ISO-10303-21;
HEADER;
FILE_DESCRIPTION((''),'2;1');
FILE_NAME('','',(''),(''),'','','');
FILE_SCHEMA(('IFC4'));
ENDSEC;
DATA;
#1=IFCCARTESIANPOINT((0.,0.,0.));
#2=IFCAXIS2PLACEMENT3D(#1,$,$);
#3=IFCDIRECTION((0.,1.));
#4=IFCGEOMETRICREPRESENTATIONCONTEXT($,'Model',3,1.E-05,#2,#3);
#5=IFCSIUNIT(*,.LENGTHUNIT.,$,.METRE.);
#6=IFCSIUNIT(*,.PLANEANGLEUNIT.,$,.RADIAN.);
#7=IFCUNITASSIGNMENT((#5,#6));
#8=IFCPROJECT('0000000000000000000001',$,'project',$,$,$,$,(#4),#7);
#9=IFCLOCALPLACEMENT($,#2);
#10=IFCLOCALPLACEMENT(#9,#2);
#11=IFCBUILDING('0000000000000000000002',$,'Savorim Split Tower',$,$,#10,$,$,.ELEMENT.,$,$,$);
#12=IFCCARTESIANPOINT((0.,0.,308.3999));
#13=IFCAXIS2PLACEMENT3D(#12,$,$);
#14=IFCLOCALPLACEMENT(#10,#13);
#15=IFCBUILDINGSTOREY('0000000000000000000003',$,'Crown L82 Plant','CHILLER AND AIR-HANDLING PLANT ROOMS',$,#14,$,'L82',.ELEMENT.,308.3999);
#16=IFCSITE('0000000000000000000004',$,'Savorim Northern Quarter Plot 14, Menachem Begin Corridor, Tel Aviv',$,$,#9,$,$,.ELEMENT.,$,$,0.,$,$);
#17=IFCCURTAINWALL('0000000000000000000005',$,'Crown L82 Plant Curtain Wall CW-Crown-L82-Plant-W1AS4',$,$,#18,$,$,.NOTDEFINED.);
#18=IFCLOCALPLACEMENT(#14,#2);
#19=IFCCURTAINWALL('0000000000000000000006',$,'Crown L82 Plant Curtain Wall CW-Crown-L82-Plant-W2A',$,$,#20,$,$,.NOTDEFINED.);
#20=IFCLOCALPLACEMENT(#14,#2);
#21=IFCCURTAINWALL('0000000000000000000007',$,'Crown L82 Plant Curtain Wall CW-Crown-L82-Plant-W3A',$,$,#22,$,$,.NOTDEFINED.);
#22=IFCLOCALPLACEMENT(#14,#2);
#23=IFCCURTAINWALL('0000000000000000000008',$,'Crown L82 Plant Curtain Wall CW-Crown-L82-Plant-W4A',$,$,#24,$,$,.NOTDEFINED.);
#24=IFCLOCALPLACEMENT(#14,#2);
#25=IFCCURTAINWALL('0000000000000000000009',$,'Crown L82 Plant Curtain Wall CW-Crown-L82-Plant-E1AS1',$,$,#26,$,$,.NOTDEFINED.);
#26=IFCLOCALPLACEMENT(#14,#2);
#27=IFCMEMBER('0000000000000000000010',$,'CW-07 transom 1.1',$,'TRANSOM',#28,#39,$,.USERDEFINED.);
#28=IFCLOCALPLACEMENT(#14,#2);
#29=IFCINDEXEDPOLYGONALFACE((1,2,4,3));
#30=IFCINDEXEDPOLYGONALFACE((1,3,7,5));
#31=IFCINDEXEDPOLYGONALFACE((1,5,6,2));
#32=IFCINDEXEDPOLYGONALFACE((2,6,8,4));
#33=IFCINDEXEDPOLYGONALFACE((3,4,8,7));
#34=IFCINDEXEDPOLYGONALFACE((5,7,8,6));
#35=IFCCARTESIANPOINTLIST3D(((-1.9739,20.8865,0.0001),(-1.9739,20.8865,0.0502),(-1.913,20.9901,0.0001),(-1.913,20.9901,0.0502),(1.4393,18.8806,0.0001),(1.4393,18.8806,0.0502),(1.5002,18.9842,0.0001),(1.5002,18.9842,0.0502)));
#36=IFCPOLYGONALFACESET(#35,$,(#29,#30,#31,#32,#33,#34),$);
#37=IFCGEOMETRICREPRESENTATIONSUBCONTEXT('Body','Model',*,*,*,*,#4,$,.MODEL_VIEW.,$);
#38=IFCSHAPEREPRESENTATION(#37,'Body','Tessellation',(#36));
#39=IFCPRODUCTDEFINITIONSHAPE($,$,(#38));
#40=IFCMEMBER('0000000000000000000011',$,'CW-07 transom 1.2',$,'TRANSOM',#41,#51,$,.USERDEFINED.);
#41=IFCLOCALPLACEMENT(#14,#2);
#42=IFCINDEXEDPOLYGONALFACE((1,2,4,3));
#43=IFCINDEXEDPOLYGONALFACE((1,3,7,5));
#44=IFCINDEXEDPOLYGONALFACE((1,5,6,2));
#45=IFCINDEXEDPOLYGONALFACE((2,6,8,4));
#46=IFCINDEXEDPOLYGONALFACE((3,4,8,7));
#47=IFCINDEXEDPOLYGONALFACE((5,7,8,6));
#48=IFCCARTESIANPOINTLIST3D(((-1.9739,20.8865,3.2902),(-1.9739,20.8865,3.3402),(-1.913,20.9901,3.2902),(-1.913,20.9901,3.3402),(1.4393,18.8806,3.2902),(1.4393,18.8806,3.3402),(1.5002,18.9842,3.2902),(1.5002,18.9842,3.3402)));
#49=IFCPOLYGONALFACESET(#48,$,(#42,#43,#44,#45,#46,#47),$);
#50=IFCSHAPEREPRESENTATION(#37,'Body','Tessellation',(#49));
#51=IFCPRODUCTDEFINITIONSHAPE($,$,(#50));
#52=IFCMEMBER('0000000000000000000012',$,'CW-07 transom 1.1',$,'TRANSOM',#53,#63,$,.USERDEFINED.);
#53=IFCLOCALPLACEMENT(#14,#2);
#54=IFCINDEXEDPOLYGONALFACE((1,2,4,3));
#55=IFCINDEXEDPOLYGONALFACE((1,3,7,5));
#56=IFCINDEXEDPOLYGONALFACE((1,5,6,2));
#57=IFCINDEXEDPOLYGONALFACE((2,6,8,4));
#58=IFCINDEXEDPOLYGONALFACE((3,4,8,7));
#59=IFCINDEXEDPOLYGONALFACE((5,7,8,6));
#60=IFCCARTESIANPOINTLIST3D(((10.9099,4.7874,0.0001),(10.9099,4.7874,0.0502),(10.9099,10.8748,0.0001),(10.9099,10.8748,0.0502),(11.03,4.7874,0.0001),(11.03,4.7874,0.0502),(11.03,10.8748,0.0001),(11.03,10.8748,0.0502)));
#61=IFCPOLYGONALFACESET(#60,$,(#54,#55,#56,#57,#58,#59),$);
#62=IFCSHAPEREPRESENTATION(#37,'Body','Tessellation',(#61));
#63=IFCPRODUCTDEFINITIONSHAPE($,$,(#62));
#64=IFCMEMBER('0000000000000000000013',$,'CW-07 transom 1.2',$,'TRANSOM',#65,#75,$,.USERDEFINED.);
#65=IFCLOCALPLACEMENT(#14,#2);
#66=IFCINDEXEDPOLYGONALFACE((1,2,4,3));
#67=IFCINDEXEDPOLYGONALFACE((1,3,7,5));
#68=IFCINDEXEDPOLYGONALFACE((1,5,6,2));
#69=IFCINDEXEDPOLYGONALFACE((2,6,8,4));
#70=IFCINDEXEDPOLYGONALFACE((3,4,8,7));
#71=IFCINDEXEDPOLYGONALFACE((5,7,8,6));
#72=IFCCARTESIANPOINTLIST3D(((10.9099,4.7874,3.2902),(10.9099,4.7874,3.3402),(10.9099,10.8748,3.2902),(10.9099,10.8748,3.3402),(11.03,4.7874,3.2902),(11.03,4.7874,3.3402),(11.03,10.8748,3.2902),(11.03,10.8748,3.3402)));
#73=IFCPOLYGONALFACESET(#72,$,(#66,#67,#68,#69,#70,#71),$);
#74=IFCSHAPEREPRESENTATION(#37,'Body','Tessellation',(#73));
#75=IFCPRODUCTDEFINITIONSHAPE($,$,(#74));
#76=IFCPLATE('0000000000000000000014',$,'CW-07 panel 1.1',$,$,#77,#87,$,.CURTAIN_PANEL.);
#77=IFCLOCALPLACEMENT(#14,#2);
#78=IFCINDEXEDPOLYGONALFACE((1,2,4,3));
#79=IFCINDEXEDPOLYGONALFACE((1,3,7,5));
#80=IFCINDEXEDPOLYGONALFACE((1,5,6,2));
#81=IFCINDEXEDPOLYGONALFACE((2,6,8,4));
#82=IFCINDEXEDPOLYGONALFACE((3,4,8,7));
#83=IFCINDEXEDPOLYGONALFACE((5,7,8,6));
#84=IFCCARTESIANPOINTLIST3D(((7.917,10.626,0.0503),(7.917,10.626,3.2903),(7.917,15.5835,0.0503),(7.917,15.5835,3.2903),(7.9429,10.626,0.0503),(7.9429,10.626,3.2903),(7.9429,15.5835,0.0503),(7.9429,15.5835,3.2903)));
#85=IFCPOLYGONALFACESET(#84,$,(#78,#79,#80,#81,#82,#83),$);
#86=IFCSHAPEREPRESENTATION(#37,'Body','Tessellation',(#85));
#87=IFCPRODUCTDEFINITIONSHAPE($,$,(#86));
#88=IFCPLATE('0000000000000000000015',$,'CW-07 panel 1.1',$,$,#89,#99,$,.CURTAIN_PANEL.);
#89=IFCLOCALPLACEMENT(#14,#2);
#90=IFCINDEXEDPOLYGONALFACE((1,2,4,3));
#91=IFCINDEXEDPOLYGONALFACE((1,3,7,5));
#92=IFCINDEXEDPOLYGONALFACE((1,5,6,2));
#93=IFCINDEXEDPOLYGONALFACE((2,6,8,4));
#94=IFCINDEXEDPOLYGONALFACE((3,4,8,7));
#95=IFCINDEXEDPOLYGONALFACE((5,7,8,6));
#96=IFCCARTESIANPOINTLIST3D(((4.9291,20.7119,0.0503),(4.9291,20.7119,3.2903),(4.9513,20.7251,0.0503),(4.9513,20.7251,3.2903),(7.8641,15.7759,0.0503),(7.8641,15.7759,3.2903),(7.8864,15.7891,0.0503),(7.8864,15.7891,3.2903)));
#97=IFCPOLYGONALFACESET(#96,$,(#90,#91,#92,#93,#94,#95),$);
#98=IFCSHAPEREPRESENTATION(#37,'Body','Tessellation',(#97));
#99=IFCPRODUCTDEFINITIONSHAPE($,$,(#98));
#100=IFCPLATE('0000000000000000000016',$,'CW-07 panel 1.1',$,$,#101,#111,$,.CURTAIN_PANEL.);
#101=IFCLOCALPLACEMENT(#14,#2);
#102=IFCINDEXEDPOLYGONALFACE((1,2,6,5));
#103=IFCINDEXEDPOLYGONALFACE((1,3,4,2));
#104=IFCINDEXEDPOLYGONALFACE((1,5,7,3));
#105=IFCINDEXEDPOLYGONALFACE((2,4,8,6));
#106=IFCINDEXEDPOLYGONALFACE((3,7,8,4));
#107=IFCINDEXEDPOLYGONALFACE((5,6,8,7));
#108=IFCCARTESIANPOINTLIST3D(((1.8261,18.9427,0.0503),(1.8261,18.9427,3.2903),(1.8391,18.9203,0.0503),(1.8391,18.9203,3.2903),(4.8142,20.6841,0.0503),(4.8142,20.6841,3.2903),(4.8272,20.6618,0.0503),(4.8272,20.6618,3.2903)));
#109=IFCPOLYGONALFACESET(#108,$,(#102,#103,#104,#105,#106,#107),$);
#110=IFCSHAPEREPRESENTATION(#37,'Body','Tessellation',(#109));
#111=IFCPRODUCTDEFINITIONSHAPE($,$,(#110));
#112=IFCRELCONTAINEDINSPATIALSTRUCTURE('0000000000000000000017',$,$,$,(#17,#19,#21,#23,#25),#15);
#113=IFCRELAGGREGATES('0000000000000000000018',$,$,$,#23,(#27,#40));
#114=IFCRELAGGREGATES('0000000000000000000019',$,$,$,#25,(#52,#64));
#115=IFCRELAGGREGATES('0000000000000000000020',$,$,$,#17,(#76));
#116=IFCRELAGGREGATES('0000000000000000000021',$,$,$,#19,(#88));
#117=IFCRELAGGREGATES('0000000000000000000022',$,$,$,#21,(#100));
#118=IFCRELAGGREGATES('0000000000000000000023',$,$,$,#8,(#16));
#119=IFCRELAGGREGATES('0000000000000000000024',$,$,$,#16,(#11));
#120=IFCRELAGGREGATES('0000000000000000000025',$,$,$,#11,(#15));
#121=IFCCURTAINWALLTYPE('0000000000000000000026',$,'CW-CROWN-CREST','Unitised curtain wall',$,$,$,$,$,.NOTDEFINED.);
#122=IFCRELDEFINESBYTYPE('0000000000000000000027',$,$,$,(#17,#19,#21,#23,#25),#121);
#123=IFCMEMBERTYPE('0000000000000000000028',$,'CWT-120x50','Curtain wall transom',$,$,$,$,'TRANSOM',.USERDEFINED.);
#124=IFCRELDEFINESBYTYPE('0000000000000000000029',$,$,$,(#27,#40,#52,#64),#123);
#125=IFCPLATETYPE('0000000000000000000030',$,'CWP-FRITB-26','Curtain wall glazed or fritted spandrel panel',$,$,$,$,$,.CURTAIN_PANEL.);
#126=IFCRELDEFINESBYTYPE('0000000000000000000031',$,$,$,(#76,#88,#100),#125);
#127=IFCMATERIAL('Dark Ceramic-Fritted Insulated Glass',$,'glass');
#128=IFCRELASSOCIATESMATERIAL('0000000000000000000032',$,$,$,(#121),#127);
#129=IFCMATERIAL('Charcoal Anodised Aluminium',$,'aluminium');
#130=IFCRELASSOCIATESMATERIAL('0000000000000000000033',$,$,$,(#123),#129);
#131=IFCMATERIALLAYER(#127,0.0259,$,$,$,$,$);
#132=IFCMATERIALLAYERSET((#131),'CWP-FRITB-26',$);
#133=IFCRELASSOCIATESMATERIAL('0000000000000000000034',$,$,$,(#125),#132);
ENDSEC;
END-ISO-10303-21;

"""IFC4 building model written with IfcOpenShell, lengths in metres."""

from ifc_helpers import new_model, si_unit, direction, frame, origin, origin_2d, place, context, subcontext, project, spatial, rectangle, extrude, material, layer, layer_set, material_profile, profile_set, type_object, element, aggregate, save


model = new_model("IFC4")

# Units and contexts
model_context = context("Model", 3, precision=1e-05, world=origin(), true_north=direction((0.0, 1.0)))
body_context = subcontext(model_context, "Body", "Model", "MODEL_VIEW")
ifc_project = project(units=[si_unit("LENGTHUNIT", "METRE"), si_unit("PLANEANGLEUNIT", "RADIAN")], contexts=[model_context])

# Site, building, storey
site_placement = place(None, origin())
site = spatial("IfcSite", under=ifc_project, at=site_placement, Name="Savorim Northern Quarter Plot 14, Menachem Begin Corridor, Tel Aviv", CompositionType="ELEMENT", RefElevation=0.0)
building_placement = place(site_placement, origin())
building = spatial("IfcBuilding", under=site, at=building_placement, Name="Savorim Split Tower", CompositionType="ELEMENT")
storey_placement = place(building_placement, frame((0.0, 0.0, 308.3999)))
storey = spatial("IfcBuildingStorey", under=building, at=storey_placement, Name="Crown L82 Plant", Description="CHILLER AND AIR-HANDLING PLANT ROOMS", LongName="L82", CompositionType="ELEMENT", Elevation=308.3999)

# Curtain walls
ifc_material_1 = material(Name="Dark Ceramic-Fritted Insulated Glass", Category="glass")
curtain_wall_type = type_object("IfcCurtainWallType", Name="CW-CROWN-CREST", Description="Unitised curtain wall", PredefinedType="NOTDEFINED", material=ifc_material_1)
curtain_wall_1_placement = place(storey_placement, origin())
curtain_wall_1 = element("IfcCurtainWall", 1, at=curtain_wall_1_placement, inside=storey, type_object=curtain_wall_type, Name="Crown L82 Plant Curtain Wall CW-Crown-L82-Plant-W1AS4", PredefinedType="NOTDEFINED")
ifc_material_2 = material(Name="Charcoal Anodised Aluminium", Category="aluminium")
curtain_wall_2_placement = place(storey_placement, origin())
curtain_wall_2 = element("IfcCurtainWall", 2, at=curtain_wall_2_placement, inside=storey, type_object=curtain_wall_type, Name="Crown L82 Plant Curtain Wall CW-Crown-L82-Plant-W2A", PredefinedType="NOTDEFINED")
curtain_wall_3_placement = place(storey_placement, origin())
curtain_wall_3 = element("IfcCurtainWall", 3, at=curtain_wall_3_placement, inside=storey, type_object=curtain_wall_type, Name="Crown L82 Plant Curtain Wall CW-Crown-L82-Plant-W3A", PredefinedType="NOTDEFINED")

# Curtain walls
curtain_wall_4_placement = place(storey_placement, origin())
curtain_wall_4 = element("IfcCurtainWall", 4, at=curtain_wall_4_placement, inside=storey, type_object=curtain_wall_type, Name="Crown L82 Plant Curtain Wall CW-Crown-L82-Plant-W4A", PredefinedType="NOTDEFINED")
curtain_wall_5_placement = place(storey_placement, origin())
curtain_wall_5 = element("IfcCurtainWall", 5, at=curtain_wall_5_placement, inside=storey, type_object=curtain_wall_type, Name="Crown L82 Plant Curtain Wall CW-Crown-L82-Plant-E1AS1", PredefinedType="NOTDEFINED")

# Members
ifc_material_profile_1 = material_profile(ifc_material_2, rectangle(XDim=0.1201, YDim=0.05, at=origin_2d()), Name="ALU-T 120x50")
ifc_profile_set_1 = profile_set([ifc_material_profile_1], Name="Charcoal Anodised Aluminium")
member_type_1 = type_object("IfcMemberType", Name="CWT-120x50", Description="Curtain wall transom", ElementType="TRANSOM", PredefinedType="USERDEFINED", material=ifc_profile_set_1)
member_1_placement = place(storey_placement, frame((1.4697, 18.9324, 0.0251), z_axis=(-0.862137, 0.506675, 0.0), x_axis=(-0.506675, -0.862137, 0.0)))
member_1 = element("IfcMember", 6, at=member_1_placement, type_object=member_type_1, Name="CW-07 transom 1.1", ObjectType="TRANSOM", PredefinedType="USERDEFINED", context=body_context, shape_type="SweptSolid", body=[
    extrude(rectangle(XDim=0.1201, YDim=0.05, at=origin_2d()), origin(), (0.0, 0.0, 1.0), 3.959),
])
member_2_placement = place(storey_placement, frame((1.4697, 18.9324, 3.3152), z_axis=(-0.862137, 0.506675, 0.0), x_axis=(-0.506675, -0.862137, 0.0)))
member_2 = element("IfcMember", 7, at=member_2_placement, type_object=member_type_1, Name="CW-07 transom 1.2", ObjectType="TRANSOM", PredefinedType="USERDEFINED", context=body_context, shape_type="SweptSolid", body=[
    extrude(rectangle(XDim=0.1201, YDim=0.05, at=origin_2d()), origin(), (0.0, 0.0, 1.0), 3.959),
])
aggregate(curtain_wall_4, [member_1, member_2])
member_3_placement = place(storey_placement, frame((10.97, 10.8748, 0.0251), z_axis=(0.0, -1.0, 0.0), x_axis=(1.0, 0.0, 0.0)))
member_3 = element("IfcMember", 8, at=member_3_placement, type_object=member_type_1, Name="CW-07 transom 1.1", ObjectType="TRANSOM", PredefinedType="USERDEFINED", context=body_context, shape_type="SweptSolid", body=[
    extrude(rectangle(XDim=0.1201, YDim=0.05, at=origin_2d()), origin(), (0.0, 0.0, 1.0), 6.0874),
])
member_4_placement = place(storey_placement, frame((10.97, 10.8748, 3.3152), z_axis=(0.0, -1.0, 0.0), x_axis=(1.0, 0.0, 0.0)))
member_4 = element("IfcMember", 9, at=member_4_placement, type_object=member_type_1, Name="CW-07 transom 1.2", ObjectType="TRANSOM", PredefinedType="USERDEFINED", context=body_context, shape_type="SweptSolid", body=[
    extrude(rectangle(XDim=0.1201, YDim=0.05, at=origin_2d()), origin(), (0.0, 0.0, 1.0), 6.0874),
])
aggregate(curtain_wall_5, [member_3, member_4])

# Plates
ifc_layer = layer(ifc_material_1, 0.0259)
ifc_layer_set = layer_set([ifc_layer], Name="CWP-FRITB-26")
plate_type = type_object("IfcPlateType", Name="CWP-FRITB-26", Description="Curtain wall glazed or fritted spandrel panel", PredefinedType="CURTAIN_PANEL", material=ifc_layer_set)
plate_1_placement = place(storey_placement, frame((7.9299, 13.1047, 0.0503), z_axis=(0.0, 0.0, 1.0), x_axis=(0.0, 1.0, 0.0)))
plate_1 = element("IfcPlate", 10, at=plate_1_placement, type_object=plate_type, Name="CW-07 panel 1.1", PredefinedType="CURTAIN_PANEL", context=body_context, shape_type="SweptSolid", body=[
    extrude(rectangle(XDim=4.9575, YDim=0.0259, at=origin_2d()), origin(), (0.0, 0.0, 1.0), 3.24),
])
aggregate(curtain_wall_1, [plate_1])
plate_2_placement = place(storey_placement, frame((6.4077, 18.2505, 0.0503), z_axis=(0.0, 0.0, 1.0), x_axis=(-0.511098, 0.859523, 0.0)))
plate_2 = element("IfcPlate", 11, at=plate_2_placement, type_object=plate_type, Name="CW-07 panel 1.1", PredefinedType="CURTAIN_PANEL", context=body_context, shape_type="SweptSolid", body=[
    extrude(rectangle(XDim=5.7427, YDim=0.0259, at=origin_2d()), origin(), (0.0, 0.0, 1.0), 3.24),
])
aggregate(curtain_wall_2, [plate_2])
plate_3_placement = place(storey_placement, frame((3.3267, 19.8022, 0.0503), z_axis=(0.0, 0.0, 1.0), x_axis=(-0.86398, -0.503527, 0.0)))
plate_3 = element("IfcPlate", 12, at=plate_3_placement, type_object=plate_type, Name="CW-07 panel 1.1", PredefinedType="CURTAIN_PANEL", context=body_context, shape_type="SweptSolid", body=[
    extrude(rectangle(XDim=3.4585, YDim=0.0259, at=origin_2d()), origin(), (0.0, 0.0, 1.0), 3.24),
])
aggregate(curtain_wall_3, [plate_3])

save(model, "model.ifc")
